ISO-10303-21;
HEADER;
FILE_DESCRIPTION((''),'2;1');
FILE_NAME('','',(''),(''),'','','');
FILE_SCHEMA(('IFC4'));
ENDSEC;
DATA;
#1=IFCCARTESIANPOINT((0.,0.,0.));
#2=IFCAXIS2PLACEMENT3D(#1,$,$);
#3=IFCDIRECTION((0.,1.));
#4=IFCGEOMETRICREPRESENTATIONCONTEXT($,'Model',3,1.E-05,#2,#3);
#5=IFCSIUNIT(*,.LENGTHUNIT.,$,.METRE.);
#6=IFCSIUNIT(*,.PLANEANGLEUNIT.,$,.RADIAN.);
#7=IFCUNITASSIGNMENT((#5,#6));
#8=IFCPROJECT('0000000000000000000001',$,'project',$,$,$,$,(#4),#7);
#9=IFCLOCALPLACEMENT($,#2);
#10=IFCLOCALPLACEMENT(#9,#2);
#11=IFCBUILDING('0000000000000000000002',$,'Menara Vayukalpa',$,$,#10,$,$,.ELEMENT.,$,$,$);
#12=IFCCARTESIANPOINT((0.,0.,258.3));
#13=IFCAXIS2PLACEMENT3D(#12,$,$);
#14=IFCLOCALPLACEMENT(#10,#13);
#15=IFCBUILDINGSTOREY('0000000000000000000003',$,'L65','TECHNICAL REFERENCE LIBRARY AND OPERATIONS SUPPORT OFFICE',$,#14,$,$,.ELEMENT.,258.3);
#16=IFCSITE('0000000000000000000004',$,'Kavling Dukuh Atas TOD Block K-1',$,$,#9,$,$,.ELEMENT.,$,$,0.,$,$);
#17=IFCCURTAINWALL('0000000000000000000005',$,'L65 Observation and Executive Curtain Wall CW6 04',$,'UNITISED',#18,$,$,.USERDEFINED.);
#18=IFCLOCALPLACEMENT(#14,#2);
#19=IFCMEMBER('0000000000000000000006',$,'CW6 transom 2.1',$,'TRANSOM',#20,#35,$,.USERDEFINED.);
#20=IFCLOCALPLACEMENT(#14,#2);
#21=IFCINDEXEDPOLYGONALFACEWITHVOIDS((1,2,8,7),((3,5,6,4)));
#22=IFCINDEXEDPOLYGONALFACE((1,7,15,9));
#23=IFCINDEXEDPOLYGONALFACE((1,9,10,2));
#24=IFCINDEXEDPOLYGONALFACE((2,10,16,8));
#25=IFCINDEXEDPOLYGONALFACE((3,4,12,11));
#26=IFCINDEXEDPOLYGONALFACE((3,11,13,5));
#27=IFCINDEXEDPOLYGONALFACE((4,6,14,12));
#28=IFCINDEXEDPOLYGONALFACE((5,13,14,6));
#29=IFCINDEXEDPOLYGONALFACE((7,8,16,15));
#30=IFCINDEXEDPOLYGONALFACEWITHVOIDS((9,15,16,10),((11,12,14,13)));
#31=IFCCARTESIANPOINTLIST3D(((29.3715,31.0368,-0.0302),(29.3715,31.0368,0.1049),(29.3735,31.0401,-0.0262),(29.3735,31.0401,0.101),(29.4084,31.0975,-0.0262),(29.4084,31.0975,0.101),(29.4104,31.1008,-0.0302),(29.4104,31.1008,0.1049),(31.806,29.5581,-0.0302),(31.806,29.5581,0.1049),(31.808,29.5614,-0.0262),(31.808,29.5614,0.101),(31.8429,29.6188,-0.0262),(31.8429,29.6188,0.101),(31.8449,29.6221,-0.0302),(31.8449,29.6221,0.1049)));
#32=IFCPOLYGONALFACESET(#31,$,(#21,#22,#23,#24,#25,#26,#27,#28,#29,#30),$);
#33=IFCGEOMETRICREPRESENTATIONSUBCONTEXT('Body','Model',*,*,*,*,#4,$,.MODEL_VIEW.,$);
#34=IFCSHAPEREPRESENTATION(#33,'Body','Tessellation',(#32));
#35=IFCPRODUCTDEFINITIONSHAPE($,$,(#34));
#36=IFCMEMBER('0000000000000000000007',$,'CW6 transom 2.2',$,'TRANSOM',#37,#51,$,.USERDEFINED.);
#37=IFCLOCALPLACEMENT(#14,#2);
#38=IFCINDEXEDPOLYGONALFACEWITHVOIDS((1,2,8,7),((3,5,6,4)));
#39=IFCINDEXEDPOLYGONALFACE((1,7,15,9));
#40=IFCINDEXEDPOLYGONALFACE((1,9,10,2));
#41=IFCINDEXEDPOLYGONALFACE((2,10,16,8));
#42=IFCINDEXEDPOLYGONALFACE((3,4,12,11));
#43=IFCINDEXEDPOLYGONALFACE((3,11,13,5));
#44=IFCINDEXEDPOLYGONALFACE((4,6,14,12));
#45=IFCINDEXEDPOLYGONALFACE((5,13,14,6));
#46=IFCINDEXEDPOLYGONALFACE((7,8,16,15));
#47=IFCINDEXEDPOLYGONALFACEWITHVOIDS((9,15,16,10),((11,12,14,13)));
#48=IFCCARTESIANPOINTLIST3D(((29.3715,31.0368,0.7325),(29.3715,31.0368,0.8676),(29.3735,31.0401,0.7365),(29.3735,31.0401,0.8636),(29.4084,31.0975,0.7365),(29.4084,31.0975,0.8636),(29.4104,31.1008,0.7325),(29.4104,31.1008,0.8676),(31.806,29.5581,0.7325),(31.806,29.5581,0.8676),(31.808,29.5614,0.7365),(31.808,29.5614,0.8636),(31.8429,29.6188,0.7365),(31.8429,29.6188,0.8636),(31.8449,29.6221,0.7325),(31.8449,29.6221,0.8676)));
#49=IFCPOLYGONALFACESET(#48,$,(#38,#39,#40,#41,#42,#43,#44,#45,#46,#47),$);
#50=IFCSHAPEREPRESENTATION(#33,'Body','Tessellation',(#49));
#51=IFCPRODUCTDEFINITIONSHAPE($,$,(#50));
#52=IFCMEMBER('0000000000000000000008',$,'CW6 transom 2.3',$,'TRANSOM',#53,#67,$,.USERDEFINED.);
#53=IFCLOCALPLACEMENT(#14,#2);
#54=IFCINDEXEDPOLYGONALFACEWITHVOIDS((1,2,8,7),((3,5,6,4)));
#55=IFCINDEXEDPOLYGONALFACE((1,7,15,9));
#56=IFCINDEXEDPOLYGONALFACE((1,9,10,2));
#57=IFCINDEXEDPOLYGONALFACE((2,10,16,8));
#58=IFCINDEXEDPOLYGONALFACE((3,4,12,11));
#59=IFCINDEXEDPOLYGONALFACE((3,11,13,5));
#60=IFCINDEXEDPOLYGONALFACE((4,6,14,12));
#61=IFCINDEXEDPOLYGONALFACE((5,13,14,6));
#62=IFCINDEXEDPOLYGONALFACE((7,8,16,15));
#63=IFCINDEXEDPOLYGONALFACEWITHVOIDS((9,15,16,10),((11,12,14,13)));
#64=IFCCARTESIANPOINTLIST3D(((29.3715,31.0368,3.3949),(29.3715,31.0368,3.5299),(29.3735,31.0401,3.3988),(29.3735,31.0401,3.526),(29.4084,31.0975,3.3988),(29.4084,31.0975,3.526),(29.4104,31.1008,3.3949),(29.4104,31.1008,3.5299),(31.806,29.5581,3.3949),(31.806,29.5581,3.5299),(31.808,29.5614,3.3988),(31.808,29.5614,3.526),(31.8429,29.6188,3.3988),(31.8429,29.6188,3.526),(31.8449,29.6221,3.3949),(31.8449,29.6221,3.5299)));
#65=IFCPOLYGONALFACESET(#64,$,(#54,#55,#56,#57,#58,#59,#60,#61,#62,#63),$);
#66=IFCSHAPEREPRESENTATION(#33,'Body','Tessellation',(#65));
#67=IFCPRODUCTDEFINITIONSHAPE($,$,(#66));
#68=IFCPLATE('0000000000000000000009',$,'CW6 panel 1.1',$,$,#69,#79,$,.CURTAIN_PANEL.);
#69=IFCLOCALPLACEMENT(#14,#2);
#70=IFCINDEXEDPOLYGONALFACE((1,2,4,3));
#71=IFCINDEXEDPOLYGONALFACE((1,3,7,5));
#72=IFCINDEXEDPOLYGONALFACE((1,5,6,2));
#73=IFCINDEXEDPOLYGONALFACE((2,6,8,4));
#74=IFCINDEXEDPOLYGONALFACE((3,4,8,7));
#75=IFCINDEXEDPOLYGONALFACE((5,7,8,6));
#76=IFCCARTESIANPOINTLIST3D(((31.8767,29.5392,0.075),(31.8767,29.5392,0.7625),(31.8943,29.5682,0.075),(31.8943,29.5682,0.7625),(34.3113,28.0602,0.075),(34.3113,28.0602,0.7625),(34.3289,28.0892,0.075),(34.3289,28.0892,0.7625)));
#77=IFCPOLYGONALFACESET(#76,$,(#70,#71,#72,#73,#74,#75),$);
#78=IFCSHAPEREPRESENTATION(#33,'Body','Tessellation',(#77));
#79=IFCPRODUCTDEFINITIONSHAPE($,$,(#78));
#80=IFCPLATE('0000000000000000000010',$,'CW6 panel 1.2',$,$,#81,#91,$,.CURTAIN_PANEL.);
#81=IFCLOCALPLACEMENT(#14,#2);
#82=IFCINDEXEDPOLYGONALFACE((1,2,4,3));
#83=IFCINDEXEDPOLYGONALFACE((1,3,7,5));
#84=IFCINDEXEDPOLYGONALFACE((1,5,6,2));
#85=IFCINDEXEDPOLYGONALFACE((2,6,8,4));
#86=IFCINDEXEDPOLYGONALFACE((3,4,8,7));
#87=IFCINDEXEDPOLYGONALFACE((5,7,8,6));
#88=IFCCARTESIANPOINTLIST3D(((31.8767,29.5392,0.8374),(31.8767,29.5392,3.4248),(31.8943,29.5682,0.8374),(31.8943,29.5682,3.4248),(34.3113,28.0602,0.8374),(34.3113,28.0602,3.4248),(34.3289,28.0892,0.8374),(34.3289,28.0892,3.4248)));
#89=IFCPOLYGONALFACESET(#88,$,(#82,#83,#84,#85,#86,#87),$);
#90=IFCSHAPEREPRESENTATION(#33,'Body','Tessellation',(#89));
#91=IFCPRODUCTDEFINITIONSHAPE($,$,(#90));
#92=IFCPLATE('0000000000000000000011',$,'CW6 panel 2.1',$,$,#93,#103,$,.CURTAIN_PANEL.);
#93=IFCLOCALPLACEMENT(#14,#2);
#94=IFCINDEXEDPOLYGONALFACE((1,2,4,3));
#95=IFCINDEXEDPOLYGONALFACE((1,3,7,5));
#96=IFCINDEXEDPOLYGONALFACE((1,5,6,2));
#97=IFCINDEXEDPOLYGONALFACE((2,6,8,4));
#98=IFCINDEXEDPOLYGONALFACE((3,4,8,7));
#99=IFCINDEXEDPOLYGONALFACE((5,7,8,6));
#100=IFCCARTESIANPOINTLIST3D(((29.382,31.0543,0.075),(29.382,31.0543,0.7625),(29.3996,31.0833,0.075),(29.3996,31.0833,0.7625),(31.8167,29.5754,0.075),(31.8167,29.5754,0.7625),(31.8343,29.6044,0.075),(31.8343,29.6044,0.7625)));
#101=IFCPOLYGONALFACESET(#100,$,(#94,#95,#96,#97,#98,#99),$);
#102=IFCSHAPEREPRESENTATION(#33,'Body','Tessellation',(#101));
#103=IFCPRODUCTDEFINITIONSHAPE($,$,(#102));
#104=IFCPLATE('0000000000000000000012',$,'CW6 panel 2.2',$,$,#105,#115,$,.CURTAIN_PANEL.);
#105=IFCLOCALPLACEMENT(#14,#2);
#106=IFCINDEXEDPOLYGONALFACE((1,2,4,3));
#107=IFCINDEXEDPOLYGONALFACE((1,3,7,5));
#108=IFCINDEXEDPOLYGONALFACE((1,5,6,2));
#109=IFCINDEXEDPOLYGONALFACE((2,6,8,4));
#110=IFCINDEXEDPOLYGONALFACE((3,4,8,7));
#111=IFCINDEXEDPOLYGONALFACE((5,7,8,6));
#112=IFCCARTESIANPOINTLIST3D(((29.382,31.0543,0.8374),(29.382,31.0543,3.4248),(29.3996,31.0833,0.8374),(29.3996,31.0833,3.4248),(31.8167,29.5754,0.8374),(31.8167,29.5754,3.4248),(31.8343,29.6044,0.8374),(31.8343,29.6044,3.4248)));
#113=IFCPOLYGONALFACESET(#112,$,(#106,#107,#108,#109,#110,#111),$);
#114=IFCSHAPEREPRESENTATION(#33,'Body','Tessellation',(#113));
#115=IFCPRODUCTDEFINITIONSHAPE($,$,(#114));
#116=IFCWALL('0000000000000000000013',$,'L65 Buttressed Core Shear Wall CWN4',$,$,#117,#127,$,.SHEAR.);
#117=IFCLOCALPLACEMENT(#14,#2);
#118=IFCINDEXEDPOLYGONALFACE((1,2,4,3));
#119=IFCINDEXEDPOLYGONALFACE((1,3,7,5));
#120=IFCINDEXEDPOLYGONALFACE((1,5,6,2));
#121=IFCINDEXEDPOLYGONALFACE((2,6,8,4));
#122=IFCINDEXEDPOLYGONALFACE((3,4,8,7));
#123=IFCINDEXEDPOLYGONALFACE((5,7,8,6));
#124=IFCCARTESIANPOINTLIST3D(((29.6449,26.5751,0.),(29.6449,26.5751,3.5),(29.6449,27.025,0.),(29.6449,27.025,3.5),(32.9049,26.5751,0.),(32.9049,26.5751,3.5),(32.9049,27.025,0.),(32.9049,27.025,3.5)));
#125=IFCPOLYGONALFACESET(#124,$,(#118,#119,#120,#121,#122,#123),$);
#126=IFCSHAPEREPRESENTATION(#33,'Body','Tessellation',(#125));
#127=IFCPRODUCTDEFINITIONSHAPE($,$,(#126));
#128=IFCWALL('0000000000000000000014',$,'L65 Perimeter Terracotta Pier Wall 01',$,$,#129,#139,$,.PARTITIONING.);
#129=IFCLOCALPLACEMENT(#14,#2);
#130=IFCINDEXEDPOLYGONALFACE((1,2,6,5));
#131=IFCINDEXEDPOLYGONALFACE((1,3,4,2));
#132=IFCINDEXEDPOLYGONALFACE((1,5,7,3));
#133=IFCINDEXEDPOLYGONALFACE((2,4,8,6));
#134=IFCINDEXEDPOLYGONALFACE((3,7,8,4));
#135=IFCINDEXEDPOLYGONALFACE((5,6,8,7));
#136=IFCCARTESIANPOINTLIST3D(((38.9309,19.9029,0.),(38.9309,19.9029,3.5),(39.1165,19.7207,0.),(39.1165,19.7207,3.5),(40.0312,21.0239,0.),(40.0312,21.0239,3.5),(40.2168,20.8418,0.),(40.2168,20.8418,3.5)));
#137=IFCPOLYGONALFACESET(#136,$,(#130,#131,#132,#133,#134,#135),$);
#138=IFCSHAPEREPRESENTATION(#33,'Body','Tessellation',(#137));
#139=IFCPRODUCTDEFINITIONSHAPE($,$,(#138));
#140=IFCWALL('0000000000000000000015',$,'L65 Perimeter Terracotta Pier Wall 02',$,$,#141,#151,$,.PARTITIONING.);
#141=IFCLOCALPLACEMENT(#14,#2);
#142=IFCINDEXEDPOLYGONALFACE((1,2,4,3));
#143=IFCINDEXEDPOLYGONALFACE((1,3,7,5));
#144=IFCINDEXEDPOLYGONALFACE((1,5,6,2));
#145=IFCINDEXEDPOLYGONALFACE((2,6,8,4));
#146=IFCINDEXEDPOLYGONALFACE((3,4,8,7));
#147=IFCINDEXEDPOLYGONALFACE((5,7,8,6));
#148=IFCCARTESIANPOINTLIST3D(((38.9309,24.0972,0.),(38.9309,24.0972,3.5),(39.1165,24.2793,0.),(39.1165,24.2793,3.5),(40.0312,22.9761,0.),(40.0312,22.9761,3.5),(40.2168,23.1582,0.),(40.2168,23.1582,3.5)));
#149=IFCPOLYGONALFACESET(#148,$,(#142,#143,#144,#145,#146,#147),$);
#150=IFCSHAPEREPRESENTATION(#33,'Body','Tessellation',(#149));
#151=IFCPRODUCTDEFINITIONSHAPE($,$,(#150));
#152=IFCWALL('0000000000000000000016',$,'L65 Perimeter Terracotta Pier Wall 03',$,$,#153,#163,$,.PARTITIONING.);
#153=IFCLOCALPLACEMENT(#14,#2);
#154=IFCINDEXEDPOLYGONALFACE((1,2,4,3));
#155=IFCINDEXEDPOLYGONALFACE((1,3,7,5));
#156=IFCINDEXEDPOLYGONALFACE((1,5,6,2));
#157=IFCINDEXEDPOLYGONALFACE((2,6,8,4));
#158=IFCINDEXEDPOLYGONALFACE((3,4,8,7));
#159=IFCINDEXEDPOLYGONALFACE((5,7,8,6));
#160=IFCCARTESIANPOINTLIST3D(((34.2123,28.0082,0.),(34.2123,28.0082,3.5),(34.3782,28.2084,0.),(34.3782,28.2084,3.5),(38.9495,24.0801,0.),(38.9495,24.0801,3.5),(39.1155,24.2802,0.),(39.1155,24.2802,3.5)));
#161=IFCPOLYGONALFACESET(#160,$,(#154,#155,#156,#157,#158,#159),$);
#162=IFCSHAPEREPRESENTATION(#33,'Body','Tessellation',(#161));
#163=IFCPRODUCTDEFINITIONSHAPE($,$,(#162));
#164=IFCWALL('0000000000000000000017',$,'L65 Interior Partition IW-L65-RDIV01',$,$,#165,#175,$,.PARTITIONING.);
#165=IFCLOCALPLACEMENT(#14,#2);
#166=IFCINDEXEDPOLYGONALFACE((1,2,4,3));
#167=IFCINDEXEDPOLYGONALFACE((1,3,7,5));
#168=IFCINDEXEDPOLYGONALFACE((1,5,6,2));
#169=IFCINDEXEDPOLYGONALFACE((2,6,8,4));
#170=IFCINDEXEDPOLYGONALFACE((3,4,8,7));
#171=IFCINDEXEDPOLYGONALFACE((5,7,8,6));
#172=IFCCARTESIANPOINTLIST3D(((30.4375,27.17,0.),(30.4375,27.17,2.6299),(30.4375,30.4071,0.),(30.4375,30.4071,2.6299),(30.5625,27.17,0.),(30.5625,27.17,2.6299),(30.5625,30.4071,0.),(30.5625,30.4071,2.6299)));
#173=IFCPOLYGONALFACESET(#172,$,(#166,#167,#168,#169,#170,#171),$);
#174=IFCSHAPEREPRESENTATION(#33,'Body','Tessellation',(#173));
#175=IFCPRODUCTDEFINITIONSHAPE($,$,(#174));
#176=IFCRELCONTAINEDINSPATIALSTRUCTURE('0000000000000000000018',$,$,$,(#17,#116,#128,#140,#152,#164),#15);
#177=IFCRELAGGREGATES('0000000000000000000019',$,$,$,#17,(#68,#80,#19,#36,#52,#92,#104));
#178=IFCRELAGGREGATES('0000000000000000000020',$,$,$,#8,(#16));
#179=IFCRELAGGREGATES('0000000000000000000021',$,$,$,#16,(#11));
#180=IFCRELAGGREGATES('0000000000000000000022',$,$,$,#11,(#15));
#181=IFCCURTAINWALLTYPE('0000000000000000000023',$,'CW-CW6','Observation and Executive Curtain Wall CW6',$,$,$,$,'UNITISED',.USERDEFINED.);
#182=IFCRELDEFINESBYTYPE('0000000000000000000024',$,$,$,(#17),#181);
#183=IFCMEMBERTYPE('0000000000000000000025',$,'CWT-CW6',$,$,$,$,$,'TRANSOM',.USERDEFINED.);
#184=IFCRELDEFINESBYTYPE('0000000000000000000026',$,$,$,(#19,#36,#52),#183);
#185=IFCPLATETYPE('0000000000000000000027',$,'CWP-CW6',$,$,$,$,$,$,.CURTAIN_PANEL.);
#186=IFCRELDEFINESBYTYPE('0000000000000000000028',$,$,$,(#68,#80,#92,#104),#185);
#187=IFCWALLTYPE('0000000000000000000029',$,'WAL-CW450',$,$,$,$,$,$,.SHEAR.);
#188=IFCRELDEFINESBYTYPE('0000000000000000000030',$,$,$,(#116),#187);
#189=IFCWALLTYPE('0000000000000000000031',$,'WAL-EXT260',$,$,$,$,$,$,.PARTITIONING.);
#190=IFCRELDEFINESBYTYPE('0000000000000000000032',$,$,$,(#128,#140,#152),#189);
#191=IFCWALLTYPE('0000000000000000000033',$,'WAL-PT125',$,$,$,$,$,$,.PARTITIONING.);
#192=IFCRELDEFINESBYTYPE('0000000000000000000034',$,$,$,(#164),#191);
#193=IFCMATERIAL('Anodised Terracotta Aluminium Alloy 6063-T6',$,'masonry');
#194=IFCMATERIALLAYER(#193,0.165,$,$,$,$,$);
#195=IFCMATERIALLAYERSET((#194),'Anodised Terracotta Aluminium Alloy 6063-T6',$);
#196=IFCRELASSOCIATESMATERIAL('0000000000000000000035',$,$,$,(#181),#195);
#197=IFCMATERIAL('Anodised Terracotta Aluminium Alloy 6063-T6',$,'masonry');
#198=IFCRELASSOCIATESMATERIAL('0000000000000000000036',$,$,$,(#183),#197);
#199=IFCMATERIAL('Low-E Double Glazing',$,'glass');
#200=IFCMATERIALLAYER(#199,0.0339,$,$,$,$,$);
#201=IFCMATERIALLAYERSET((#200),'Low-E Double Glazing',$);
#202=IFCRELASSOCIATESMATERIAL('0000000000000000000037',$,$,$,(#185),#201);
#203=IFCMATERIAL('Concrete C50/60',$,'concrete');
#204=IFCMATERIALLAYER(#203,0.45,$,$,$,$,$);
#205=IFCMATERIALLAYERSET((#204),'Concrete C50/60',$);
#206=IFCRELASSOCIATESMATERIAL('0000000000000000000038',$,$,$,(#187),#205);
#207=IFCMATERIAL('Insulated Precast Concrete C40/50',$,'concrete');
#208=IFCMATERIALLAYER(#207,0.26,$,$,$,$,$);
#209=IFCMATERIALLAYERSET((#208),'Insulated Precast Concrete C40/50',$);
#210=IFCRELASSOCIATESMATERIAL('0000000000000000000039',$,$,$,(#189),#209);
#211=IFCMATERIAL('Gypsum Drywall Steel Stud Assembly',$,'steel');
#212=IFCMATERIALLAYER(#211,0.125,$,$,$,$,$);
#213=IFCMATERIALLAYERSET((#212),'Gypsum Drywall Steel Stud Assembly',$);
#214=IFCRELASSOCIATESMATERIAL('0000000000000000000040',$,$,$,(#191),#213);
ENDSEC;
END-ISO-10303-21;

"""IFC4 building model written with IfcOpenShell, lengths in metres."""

from ifc_helpers import new_model, si_unit, direction, frame, frame_2d, origin, origin_2d, place, context, subcontext, project, spatial, rectangle, hollow_rectangle, extrude, material, layer, layer_set, material_profile, profile_set, type_object, element, aggregate, save


model = new_model("IFC4")

# Units and contexts
model_context = context("Model", 3, precision=1e-05, world=origin(), true_north=direction((0.0, 1.0)))
body_context = subcontext(model_context, "Body", "Model", "MODEL_VIEW")
ifc_project = project(units=[si_unit("LENGTHUNIT", "METRE"), si_unit("PLANEANGLEUNIT", "RADIAN")], contexts=[model_context])

# Site, building, storey
site_placement = place(None, origin())
site = spatial("IfcSite", under=ifc_project, at=site_placement, Name="Kavling Dukuh Atas TOD Block K-1", CompositionType="ELEMENT", RefElevation=0.0)
building_placement = place(site_placement, origin())
building = spatial("IfcBuilding", under=site, at=building_placement, Name="Menara Vayukalpa", CompositionType="ELEMENT")
storey_placement = place(building_placement, frame((0.0, 0.0, 258.3)))
storey = spatial("IfcBuildingStorey", under=building, at=storey_placement, Name="L65", Description="TECHNICAL REFERENCE LIBRARY AND OPERATIONS SUPPORT OFFICE", CompositionType="ELEMENT", Elevation=258.3)

# Curtain wall, members, plates
ifc_material_1 = material(Name="Anodised Terracotta Aluminium Alloy 6063-T6", Category="masonry")
ifc_layer_1 = layer(ifc_material_1, 0.165)
ifc_layer_set_1 = layer_set([ifc_layer_1], Name="Anodised Terracotta Aluminium Alloy 6063-T6")
curtain_wall_type = type_object("IfcCurtainWallType", Name="CW-CW6", Description="Observation and Executive Curtain Wall CW6", ElementType="UNITISED", PredefinedType="USERDEFINED", material=ifc_layer_set_1)
curtain_wall_placement = place(storey_placement, origin())
curtain_wall = element("IfcCurtainWall", 1, at=curtain_wall_placement, inside=storey, type_object=curtain_wall_type, Name="L65 Observation and Executive Curtain Wall CW6 04", ObjectType="UNITISED", PredefinedType="USERDEFINED")
ifc_material_2 = material(Name="Anodised Terracotta Aluminium Alloy 6063-T6", Category="masonry")
ifc_material_profile_1 = material_profile(ifc_material_2, hollow_rectangle(XDim=0.075, YDim=0.135, WallThickness=0.0039, at=origin_2d()), Name="ALU 75x135x4")
ifc_profile_set_1 = profile_set([ifc_material_profile_1], Name="Anodised Terracotta Aluminium Alloy 6063-T6")
member_type_1 = type_object("IfcMemberType", Name="CWT-CW6", ElementType="TRANSOM", PredefinedType="USERDEFINED", material=ifc_profile_set_1)
member_1_placement = place(storey_placement, frame((31.8254, 29.5901, 0.0374), z_axis=(-0.85469, 0.519139, 0.0), x_axis=(-0.519139, -0.85469, 0.0)))
member_1 = element("IfcMember", 2, at=member_1_placement, type_object=member_type_1, Name="CW6 transom 2.1", ObjectType="TRANSOM", PredefinedType="USERDEFINED", context=body_context, shape_type="SweptSolid", body=[
    extrude(hollow_rectangle(XDim=0.075, YDim=0.135, WallThickness=0.0039, at=origin_2d()), origin(), (0.0, 0.0, 1.0), 2.8484),
])
member_2_placement = place(storey_placement, frame((31.8254, 29.5901, 0.8), z_axis=(-0.85469, 0.519139, 0.0), x_axis=(-0.519139, -0.85469, 0.0)))
member_2 = element("IfcMember", 3, at=member_2_placement, type_object=member_type_1, Name="CW6 transom 2.2", ObjectType="TRANSOM", PredefinedType="USERDEFINED", context=body_context, shape_type="SweptSolid", body=[
    extrude(hollow_rectangle(XDim=0.075, YDim=0.135, WallThickness=0.0039, at=origin_2d()), origin(), (0.0, 0.0, 1.0), 2.8484),
])
member_3_placement = place(storey_placement, frame((31.8254, 29.5901, 3.4624), z_axis=(-0.85469, 0.519139, 0.0), x_axis=(-0.519139, -0.85469, 0.0)))
member_3 = element("IfcMember", 4, at=member_3_placement, type_object=member_type_1, Name="CW6 transom 2.3", ObjectType="TRANSOM", PredefinedType="USERDEFINED", context=body_context, shape_type="SweptSolid", body=[
    extrude(hollow_rectangle(XDim=0.075, YDim=0.135, WallThickness=0.0039, at=origin_2d()), origin(), (0.0, 0.0, 1.0), 2.8484),
])
ifc_material_3 = material(Name="Low-E Double Glazing", Category="glass")
ifc_layer_2 = layer(ifc_material_3, 0.0339)
ifc_layer_set_2 = layer_set([ifc_layer_2], Name="Low-E Double Glazing")
plate_type = type_object("IfcPlateType", Name="CWP-CW6", PredefinedType="CURTAIN_PANEL", material=ifc_layer_set_2)
plate_1_placement = place(storey_placement, frame((33.1028, 28.8142, 0.075), z_axis=(0.0, 0.0, 1.0), x_axis=(-0.854668, 0.519176, 0.0)))
plate_1 = element("IfcPlate", 5, at=plate_1_placement, type_object=plate_type, Name="CW6 panel 1.1", PredefinedType="CURTAIN_PANEL", context=body_context, shape_type="SweptSolid", body=[
    extrude(rectangle(XDim=2.8486, YDim=0.0339, at=origin_2d()), origin(), (0.0, 0.0, 1.0), 0.6875),
])
plate_2_placement = place(storey_placement, frame((33.1028, 28.8142, 0.8374), z_axis=(0.0, 0.0, 1.0), x_axis=(-0.854668, 0.519176, 0.0)))
plate_2 = element("IfcPlate", 6, at=plate_2_placement, type_object=plate_type, Name="CW6 panel 1.2", PredefinedType="CURTAIN_PANEL", context=body_context, shape_type="SweptSolid", body=[
    extrude(rectangle(XDim=2.8486, YDim=0.0339, at=origin_2d()), origin(), (0.0, 0.0, 1.0), 2.5874),
])
plate_3_placement = place(storey_placement, frame((30.6082, 30.3293, 0.075), z_axis=(0.0, 0.0, 1.0), x_axis=(-0.854668, 0.519176, 0.0)))
plate_3 = element("IfcPlate", 7, at=plate_3_placement, type_object=plate_type, Name="CW6 panel 2.1", PredefinedType="CURTAIN_PANEL", context=body_context, shape_type="SweptSolid", body=[
    extrude(rectangle(XDim=2.8486, YDim=0.0339, at=origin_2d()), origin(), (0.0, 0.0, 1.0), 0.6875),
])
plate_4_placement = place(storey_placement, frame((30.6082, 30.3293, 0.8374), z_axis=(0.0, 0.0, 1.0), x_axis=(-0.854668, 0.519176, 0.0)))
plate_4 = element("IfcPlate", 8, at=plate_4_placement, type_object=plate_type, Name="CW6 panel 2.2", PredefinedType="CURTAIN_PANEL", context=body_context, shape_type="SweptSolid", body=[
    extrude(rectangle(XDim=2.8486, YDim=0.0339, at=origin_2d()), origin(), (0.0, 0.0, 1.0), 2.5874),
])
aggregate(curtain_wall, [plate_1, plate_2, member_1, member_2, member_3, plate_3, plate_4])

# Walls
ifc_material_4 = material(Name="Concrete C50/60", Category="concrete")
ifc_layer_3 = layer(ifc_material_4, 0.45)
ifc_layer_set_3 = layer_set([ifc_layer_3], Name="Concrete C50/60")
wall_type_1 = type_object("IfcWallType", Name="WAL-CW450", PredefinedType="SHEAR", material=ifc_layer_set_3)
wall_1_placement = place(storey_placement, frame((29.645, 26.8, 0.0), z_axis=(0.0, 0.0, 1.0), x_axis=(1.0, 0.0, 0.0)))
element("IfcWall", 9, at=wall_1_placement, inside=storey, type_object=wall_type_1, Name="L65 Buttressed Core Shear Wall CWN4", PredefinedType="SHEAR", context=body_context, shape_type="SweptSolid", body=[
    extrude(rectangle(XDim=3.26, YDim=0.45, at=frame_2d((1.6299, 0.0))), origin(), (0.0, 0.0, 1.0), 3.5),
])
ifc_material_5 = material(Name="Insulated Precast Concrete C40/50", Category="concrete")
ifc_layer_4 = layer(ifc_material_5, 0.26)
ifc_layer_set_4 = layer_set([ifc_layer_4], Name="Insulated Precast Concrete C40/50")
wall_type_2 = type_object("IfcWallType", Name="WAL-EXT260", PredefinedType="PARTITIONING", material=ifc_layer_set_4)
for number, where, z_axis, x_axis, name in (
    (10, (40.124, 20.9329, 0.0), (0.0, 0.0, 1.0), (-0.700471, -0.713681, 0.0), "L65 Perimeter Terracotta Pier Wall 01"),
    (11, (39.0237, 24.1882, 0.0), (0.0, 0.0, 1.0), (0.700471, -0.713681, 0.0), "L65 Perimeter Terracotta Pier Wall 02"),
):
    element("IfcWall", number, at=place(storey_placement, frame(where, z_axis=z_axis, x_axis=x_axis)), inside=storey, type_object=wall_type_2, Name=name, PredefinedType="PARTITIONING", context=body_context, shape_type="SweptSolid", body=[
        extrude(rectangle(XDim=1.5708, YDim=0.26, at=frame_2d((0.7854, 0.0))), origin(), (0.0, 0.0, 1.0), 3.5),
    ])
wall_2_placement = place(storey_placement, frame((34.2952, 28.1084, 0.0), z_axis=(0.0, 0.0, 1.0), x_axis=(0.76978, -0.638309, 0.0)))
element("IfcWall", 12, at=wall_2_placement, inside=storey, type_object=wall_type_2, Name="L65 Perimeter Terracotta Pier Wall 03", PredefinedType="PARTITIONING", context=body_context, shape_type="SweptSolid", body=[
    extrude(rectangle(XDim=6.1541, YDim=0.26, at=frame_2d((3.0771, 0.0))), origin(), (0.0, 0.0, 1.0), 3.5),
])
ifc_material_6 = material(Name="Gypsum Drywall Steel Stud Assembly", Category="steel")
ifc_layer_5 = layer(ifc_material_6, 0.125)
ifc_layer_set_5 = layer_set([ifc_layer_5], Name="Gypsum Drywall Steel Stud Assembly")
wall_type_3 = type_object("IfcWallType", Name="WAL-PT125", PredefinedType="PARTITIONING", material=ifc_layer_set_5)
wall_3_placement = place(storey_placement, frame((30.5, 27.1699, 0.0), z_axis=(0.0, 0.0, 1.0), x_axis=(0.0, 1.0, 0.0)))
element("IfcWall", 13, at=wall_3_placement, inside=storey, type_object=wall_type_3, Name="L65 Interior Partition IW-L65-RDIV01", PredefinedType="PARTITIONING", context=body_context, shape_type="SweptSolid", body=[
    extrude(rectangle(XDim=3.2371, YDim=0.125, at=frame_2d((1.6187, 0.0))), origin(), (0.0, 0.0, 1.0), 2.6299),
])

save(model, "model.ifc")
